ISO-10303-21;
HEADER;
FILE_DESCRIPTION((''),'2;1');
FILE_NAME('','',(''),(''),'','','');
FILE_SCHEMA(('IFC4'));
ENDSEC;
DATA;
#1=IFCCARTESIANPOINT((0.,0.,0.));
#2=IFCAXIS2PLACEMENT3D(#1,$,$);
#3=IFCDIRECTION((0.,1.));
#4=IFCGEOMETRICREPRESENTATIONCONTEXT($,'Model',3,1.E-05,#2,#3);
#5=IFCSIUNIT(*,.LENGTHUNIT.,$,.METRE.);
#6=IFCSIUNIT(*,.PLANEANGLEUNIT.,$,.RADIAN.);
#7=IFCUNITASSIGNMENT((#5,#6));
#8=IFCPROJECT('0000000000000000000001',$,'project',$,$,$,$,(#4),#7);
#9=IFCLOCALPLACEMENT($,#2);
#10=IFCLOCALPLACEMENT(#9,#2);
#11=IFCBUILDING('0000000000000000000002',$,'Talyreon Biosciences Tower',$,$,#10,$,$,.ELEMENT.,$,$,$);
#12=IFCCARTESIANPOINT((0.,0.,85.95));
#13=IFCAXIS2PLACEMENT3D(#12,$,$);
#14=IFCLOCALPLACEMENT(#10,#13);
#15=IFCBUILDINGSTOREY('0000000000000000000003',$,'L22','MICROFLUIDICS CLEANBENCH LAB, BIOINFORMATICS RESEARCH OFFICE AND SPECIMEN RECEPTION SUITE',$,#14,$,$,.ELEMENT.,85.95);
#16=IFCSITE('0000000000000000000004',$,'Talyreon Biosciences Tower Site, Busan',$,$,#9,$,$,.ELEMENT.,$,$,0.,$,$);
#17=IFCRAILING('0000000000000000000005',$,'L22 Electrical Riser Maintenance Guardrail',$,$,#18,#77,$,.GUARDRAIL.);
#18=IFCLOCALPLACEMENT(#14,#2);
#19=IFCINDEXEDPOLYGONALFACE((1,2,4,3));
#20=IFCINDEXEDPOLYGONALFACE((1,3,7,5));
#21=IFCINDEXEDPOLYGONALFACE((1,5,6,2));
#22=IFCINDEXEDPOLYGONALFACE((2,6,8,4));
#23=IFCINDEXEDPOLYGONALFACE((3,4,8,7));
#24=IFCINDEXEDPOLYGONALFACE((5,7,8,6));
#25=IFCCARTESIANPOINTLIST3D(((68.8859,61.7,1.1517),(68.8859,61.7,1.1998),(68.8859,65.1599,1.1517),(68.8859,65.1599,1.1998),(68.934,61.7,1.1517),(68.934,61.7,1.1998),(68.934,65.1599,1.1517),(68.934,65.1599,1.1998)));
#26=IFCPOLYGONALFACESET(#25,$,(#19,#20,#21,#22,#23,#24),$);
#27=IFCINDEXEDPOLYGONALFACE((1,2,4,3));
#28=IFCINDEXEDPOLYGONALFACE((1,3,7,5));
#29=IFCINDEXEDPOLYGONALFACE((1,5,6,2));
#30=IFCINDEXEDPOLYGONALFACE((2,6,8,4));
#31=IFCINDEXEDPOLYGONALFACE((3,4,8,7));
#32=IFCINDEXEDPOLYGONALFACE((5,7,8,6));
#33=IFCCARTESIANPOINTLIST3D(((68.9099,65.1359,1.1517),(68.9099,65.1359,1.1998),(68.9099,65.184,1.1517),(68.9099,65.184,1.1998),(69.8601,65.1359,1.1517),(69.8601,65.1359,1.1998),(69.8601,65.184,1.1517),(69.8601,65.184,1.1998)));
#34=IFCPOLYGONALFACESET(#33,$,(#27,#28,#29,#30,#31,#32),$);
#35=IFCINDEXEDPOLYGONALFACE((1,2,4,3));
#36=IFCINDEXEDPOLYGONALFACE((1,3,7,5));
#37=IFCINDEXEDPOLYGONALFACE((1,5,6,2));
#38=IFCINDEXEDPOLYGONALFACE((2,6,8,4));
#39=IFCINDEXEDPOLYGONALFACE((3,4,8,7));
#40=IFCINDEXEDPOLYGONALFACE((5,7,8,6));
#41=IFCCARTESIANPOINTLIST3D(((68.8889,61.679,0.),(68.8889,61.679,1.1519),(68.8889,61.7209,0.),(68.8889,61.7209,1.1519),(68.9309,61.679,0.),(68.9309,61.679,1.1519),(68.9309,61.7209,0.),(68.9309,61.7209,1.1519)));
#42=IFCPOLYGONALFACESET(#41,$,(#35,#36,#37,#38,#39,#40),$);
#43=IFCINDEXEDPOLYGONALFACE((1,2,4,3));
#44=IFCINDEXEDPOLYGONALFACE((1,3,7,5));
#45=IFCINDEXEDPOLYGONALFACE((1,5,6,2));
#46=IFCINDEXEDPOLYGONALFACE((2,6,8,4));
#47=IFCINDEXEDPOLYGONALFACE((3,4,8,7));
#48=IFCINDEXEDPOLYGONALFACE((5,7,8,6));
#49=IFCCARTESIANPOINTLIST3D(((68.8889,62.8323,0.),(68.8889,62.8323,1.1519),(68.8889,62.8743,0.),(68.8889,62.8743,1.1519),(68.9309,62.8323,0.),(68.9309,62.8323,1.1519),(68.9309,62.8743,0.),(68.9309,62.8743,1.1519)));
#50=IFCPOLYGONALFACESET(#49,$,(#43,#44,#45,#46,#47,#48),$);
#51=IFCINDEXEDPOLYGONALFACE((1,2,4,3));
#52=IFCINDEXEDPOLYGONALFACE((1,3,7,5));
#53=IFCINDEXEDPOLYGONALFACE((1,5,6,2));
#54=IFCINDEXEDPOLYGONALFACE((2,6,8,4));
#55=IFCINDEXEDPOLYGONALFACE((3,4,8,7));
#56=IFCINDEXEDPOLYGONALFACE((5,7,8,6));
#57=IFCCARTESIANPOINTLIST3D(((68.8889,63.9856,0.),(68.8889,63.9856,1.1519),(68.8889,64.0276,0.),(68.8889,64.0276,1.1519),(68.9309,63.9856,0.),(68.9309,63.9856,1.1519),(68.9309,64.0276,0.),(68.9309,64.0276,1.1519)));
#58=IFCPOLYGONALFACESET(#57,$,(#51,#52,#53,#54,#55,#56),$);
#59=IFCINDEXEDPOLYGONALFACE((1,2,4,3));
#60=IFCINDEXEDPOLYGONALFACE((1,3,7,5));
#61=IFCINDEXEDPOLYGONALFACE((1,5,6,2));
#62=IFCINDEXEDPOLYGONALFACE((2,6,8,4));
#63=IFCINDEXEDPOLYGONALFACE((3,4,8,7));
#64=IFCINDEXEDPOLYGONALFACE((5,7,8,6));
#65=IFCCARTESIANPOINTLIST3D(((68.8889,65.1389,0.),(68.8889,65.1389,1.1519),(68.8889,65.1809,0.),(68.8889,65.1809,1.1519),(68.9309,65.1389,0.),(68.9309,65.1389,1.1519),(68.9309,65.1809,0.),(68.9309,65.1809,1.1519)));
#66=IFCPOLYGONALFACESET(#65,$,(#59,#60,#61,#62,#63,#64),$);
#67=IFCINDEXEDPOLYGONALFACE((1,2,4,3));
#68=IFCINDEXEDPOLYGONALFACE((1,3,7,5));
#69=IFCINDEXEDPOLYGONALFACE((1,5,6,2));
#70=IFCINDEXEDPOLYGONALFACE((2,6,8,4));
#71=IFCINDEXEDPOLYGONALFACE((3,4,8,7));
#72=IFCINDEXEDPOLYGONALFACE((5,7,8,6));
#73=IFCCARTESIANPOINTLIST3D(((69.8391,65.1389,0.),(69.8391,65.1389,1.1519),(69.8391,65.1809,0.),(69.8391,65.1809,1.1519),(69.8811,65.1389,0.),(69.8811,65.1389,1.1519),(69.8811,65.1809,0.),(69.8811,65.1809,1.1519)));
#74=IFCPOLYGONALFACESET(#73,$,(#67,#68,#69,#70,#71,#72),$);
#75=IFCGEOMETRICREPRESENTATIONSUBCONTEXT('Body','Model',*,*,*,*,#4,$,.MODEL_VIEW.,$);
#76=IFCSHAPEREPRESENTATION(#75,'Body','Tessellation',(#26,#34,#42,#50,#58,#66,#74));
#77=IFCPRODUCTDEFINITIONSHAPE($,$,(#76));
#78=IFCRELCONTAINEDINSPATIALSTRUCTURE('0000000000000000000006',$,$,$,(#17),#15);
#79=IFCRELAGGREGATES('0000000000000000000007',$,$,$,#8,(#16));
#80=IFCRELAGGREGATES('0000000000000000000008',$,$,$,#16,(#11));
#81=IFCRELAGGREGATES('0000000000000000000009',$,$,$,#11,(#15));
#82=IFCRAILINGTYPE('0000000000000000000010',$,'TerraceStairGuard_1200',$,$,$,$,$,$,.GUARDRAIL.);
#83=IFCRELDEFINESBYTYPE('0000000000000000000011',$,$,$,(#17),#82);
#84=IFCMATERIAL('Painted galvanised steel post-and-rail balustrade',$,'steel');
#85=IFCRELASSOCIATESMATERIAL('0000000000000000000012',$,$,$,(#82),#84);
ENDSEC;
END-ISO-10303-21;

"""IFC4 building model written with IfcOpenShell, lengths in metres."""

from ifc_helpers import new_model, si_unit, direction, frame, origin, origin_2d, place, context, subcontext, project, spatial, rectangle, extrude, material, type_object, element, save


model = new_model("IFC4")

# Units and contexts
model_context = context("Model", 3, precision=1e-05, world=origin(), true_north=direction((0.0, 1.0)))
body_context = subcontext(model_context, "Body", "Model", "MODEL_VIEW")
ifc_project = project(units=[si_unit("LENGTHUNIT", "METRE"), si_unit("PLANEANGLEUNIT", "RADIAN")], contexts=[model_context])

# Site, building, storey
site_placement = place(None, origin())
site = spatial("IfcSite", under=ifc_project, at=site_placement, Name="Talyreon Biosciences Tower Site, Busan", CompositionType="ELEMENT", RefElevation=0.0)
building_placement = place(site_placement, origin())
building = spatial("IfcBuilding", under=site, at=building_placement, Name="Talyreon Biosciences Tower", CompositionType="ELEMENT")
storey_placement = place(building_placement, frame((0.0, 0.0, 85.95)))
storey = spatial("IfcBuildingStorey", under=building, at=storey_placement, Name="L22", Description="MICROFLUIDICS CLEANBENCH LAB, BIOINFORMATICS RESEARCH OFFICE AND SPECIMEN RECEPTION SUITE", CompositionType="ELEMENT", Elevation=85.95)

# Railing
ifc_material_1 = material(Name="Painted galvanised steel post-and-rail balustrade", Category="steel")
railing_type_1 = type_object("IfcRailingType", Name="TerraceStairGuard_1200", PredefinedType="GUARDRAIL", material=ifc_material_1)
railing_1_placement = place(storey_placement, frame((68.9099, 61.7, 0.0)))
element("IfcRailing", 1, at=railing_1_placement, inside=storey, type_object=railing_type_1, Name="L22 Electrical Riser Maintenance Guardrail", PredefinedType="GUARDRAIL", context=body_context, shape_type="SweptSolid", body=[
    extrude(rectangle(XDim=0.0481, YDim=0.0481, at=origin_2d()), frame((0.0, 0.0, 1.1758), z_axis=(0.0, 1.0, 0.0), x_axis=(-1.0, 0.0, 0.0)), (0.0, 0.0, 1.0), 3.46),
    extrude(rectangle(XDim=0.0481, YDim=0.0481, at=origin_2d()), frame((0.0, 3.46, 1.1758), z_axis=(1.0, 0.0, 0.0), x_axis=(0.0, 1.0, 0.0)), (0.0, 0.0, 1.0), 0.9502),
    extrude(rectangle(XDim=0.042, YDim=0.042, at=origin_2d()), origin(), (0.0, 0.0, 1.0), 1.1519),
    extrude(rectangle(XDim=0.042, YDim=0.042, at=origin_2d()), frame((0.0, 1.1533, 0.0)), (0.0, 0.0, 1.0), 1.1519),
    extrude(rectangle(XDim=0.042, YDim=0.042, at=origin_2d()), frame((0.0, 2.3066, 0.0)), (0.0, 0.0, 1.0), 1.1519),
    extrude(rectangle(XDim=0.042, YDim=0.042, at=origin_2d()), frame((0.0, 3.46, 0.0)), (0.0, 0.0, 1.0), 1.1519),
    extrude(rectangle(XDim=0.042, YDim=0.042, at=origin_2d()), frame((0.9502, 3.46, 0.0)), (0.0, 0.0, 1.0), 1.1519),
])

save(model, "model.ifc")
